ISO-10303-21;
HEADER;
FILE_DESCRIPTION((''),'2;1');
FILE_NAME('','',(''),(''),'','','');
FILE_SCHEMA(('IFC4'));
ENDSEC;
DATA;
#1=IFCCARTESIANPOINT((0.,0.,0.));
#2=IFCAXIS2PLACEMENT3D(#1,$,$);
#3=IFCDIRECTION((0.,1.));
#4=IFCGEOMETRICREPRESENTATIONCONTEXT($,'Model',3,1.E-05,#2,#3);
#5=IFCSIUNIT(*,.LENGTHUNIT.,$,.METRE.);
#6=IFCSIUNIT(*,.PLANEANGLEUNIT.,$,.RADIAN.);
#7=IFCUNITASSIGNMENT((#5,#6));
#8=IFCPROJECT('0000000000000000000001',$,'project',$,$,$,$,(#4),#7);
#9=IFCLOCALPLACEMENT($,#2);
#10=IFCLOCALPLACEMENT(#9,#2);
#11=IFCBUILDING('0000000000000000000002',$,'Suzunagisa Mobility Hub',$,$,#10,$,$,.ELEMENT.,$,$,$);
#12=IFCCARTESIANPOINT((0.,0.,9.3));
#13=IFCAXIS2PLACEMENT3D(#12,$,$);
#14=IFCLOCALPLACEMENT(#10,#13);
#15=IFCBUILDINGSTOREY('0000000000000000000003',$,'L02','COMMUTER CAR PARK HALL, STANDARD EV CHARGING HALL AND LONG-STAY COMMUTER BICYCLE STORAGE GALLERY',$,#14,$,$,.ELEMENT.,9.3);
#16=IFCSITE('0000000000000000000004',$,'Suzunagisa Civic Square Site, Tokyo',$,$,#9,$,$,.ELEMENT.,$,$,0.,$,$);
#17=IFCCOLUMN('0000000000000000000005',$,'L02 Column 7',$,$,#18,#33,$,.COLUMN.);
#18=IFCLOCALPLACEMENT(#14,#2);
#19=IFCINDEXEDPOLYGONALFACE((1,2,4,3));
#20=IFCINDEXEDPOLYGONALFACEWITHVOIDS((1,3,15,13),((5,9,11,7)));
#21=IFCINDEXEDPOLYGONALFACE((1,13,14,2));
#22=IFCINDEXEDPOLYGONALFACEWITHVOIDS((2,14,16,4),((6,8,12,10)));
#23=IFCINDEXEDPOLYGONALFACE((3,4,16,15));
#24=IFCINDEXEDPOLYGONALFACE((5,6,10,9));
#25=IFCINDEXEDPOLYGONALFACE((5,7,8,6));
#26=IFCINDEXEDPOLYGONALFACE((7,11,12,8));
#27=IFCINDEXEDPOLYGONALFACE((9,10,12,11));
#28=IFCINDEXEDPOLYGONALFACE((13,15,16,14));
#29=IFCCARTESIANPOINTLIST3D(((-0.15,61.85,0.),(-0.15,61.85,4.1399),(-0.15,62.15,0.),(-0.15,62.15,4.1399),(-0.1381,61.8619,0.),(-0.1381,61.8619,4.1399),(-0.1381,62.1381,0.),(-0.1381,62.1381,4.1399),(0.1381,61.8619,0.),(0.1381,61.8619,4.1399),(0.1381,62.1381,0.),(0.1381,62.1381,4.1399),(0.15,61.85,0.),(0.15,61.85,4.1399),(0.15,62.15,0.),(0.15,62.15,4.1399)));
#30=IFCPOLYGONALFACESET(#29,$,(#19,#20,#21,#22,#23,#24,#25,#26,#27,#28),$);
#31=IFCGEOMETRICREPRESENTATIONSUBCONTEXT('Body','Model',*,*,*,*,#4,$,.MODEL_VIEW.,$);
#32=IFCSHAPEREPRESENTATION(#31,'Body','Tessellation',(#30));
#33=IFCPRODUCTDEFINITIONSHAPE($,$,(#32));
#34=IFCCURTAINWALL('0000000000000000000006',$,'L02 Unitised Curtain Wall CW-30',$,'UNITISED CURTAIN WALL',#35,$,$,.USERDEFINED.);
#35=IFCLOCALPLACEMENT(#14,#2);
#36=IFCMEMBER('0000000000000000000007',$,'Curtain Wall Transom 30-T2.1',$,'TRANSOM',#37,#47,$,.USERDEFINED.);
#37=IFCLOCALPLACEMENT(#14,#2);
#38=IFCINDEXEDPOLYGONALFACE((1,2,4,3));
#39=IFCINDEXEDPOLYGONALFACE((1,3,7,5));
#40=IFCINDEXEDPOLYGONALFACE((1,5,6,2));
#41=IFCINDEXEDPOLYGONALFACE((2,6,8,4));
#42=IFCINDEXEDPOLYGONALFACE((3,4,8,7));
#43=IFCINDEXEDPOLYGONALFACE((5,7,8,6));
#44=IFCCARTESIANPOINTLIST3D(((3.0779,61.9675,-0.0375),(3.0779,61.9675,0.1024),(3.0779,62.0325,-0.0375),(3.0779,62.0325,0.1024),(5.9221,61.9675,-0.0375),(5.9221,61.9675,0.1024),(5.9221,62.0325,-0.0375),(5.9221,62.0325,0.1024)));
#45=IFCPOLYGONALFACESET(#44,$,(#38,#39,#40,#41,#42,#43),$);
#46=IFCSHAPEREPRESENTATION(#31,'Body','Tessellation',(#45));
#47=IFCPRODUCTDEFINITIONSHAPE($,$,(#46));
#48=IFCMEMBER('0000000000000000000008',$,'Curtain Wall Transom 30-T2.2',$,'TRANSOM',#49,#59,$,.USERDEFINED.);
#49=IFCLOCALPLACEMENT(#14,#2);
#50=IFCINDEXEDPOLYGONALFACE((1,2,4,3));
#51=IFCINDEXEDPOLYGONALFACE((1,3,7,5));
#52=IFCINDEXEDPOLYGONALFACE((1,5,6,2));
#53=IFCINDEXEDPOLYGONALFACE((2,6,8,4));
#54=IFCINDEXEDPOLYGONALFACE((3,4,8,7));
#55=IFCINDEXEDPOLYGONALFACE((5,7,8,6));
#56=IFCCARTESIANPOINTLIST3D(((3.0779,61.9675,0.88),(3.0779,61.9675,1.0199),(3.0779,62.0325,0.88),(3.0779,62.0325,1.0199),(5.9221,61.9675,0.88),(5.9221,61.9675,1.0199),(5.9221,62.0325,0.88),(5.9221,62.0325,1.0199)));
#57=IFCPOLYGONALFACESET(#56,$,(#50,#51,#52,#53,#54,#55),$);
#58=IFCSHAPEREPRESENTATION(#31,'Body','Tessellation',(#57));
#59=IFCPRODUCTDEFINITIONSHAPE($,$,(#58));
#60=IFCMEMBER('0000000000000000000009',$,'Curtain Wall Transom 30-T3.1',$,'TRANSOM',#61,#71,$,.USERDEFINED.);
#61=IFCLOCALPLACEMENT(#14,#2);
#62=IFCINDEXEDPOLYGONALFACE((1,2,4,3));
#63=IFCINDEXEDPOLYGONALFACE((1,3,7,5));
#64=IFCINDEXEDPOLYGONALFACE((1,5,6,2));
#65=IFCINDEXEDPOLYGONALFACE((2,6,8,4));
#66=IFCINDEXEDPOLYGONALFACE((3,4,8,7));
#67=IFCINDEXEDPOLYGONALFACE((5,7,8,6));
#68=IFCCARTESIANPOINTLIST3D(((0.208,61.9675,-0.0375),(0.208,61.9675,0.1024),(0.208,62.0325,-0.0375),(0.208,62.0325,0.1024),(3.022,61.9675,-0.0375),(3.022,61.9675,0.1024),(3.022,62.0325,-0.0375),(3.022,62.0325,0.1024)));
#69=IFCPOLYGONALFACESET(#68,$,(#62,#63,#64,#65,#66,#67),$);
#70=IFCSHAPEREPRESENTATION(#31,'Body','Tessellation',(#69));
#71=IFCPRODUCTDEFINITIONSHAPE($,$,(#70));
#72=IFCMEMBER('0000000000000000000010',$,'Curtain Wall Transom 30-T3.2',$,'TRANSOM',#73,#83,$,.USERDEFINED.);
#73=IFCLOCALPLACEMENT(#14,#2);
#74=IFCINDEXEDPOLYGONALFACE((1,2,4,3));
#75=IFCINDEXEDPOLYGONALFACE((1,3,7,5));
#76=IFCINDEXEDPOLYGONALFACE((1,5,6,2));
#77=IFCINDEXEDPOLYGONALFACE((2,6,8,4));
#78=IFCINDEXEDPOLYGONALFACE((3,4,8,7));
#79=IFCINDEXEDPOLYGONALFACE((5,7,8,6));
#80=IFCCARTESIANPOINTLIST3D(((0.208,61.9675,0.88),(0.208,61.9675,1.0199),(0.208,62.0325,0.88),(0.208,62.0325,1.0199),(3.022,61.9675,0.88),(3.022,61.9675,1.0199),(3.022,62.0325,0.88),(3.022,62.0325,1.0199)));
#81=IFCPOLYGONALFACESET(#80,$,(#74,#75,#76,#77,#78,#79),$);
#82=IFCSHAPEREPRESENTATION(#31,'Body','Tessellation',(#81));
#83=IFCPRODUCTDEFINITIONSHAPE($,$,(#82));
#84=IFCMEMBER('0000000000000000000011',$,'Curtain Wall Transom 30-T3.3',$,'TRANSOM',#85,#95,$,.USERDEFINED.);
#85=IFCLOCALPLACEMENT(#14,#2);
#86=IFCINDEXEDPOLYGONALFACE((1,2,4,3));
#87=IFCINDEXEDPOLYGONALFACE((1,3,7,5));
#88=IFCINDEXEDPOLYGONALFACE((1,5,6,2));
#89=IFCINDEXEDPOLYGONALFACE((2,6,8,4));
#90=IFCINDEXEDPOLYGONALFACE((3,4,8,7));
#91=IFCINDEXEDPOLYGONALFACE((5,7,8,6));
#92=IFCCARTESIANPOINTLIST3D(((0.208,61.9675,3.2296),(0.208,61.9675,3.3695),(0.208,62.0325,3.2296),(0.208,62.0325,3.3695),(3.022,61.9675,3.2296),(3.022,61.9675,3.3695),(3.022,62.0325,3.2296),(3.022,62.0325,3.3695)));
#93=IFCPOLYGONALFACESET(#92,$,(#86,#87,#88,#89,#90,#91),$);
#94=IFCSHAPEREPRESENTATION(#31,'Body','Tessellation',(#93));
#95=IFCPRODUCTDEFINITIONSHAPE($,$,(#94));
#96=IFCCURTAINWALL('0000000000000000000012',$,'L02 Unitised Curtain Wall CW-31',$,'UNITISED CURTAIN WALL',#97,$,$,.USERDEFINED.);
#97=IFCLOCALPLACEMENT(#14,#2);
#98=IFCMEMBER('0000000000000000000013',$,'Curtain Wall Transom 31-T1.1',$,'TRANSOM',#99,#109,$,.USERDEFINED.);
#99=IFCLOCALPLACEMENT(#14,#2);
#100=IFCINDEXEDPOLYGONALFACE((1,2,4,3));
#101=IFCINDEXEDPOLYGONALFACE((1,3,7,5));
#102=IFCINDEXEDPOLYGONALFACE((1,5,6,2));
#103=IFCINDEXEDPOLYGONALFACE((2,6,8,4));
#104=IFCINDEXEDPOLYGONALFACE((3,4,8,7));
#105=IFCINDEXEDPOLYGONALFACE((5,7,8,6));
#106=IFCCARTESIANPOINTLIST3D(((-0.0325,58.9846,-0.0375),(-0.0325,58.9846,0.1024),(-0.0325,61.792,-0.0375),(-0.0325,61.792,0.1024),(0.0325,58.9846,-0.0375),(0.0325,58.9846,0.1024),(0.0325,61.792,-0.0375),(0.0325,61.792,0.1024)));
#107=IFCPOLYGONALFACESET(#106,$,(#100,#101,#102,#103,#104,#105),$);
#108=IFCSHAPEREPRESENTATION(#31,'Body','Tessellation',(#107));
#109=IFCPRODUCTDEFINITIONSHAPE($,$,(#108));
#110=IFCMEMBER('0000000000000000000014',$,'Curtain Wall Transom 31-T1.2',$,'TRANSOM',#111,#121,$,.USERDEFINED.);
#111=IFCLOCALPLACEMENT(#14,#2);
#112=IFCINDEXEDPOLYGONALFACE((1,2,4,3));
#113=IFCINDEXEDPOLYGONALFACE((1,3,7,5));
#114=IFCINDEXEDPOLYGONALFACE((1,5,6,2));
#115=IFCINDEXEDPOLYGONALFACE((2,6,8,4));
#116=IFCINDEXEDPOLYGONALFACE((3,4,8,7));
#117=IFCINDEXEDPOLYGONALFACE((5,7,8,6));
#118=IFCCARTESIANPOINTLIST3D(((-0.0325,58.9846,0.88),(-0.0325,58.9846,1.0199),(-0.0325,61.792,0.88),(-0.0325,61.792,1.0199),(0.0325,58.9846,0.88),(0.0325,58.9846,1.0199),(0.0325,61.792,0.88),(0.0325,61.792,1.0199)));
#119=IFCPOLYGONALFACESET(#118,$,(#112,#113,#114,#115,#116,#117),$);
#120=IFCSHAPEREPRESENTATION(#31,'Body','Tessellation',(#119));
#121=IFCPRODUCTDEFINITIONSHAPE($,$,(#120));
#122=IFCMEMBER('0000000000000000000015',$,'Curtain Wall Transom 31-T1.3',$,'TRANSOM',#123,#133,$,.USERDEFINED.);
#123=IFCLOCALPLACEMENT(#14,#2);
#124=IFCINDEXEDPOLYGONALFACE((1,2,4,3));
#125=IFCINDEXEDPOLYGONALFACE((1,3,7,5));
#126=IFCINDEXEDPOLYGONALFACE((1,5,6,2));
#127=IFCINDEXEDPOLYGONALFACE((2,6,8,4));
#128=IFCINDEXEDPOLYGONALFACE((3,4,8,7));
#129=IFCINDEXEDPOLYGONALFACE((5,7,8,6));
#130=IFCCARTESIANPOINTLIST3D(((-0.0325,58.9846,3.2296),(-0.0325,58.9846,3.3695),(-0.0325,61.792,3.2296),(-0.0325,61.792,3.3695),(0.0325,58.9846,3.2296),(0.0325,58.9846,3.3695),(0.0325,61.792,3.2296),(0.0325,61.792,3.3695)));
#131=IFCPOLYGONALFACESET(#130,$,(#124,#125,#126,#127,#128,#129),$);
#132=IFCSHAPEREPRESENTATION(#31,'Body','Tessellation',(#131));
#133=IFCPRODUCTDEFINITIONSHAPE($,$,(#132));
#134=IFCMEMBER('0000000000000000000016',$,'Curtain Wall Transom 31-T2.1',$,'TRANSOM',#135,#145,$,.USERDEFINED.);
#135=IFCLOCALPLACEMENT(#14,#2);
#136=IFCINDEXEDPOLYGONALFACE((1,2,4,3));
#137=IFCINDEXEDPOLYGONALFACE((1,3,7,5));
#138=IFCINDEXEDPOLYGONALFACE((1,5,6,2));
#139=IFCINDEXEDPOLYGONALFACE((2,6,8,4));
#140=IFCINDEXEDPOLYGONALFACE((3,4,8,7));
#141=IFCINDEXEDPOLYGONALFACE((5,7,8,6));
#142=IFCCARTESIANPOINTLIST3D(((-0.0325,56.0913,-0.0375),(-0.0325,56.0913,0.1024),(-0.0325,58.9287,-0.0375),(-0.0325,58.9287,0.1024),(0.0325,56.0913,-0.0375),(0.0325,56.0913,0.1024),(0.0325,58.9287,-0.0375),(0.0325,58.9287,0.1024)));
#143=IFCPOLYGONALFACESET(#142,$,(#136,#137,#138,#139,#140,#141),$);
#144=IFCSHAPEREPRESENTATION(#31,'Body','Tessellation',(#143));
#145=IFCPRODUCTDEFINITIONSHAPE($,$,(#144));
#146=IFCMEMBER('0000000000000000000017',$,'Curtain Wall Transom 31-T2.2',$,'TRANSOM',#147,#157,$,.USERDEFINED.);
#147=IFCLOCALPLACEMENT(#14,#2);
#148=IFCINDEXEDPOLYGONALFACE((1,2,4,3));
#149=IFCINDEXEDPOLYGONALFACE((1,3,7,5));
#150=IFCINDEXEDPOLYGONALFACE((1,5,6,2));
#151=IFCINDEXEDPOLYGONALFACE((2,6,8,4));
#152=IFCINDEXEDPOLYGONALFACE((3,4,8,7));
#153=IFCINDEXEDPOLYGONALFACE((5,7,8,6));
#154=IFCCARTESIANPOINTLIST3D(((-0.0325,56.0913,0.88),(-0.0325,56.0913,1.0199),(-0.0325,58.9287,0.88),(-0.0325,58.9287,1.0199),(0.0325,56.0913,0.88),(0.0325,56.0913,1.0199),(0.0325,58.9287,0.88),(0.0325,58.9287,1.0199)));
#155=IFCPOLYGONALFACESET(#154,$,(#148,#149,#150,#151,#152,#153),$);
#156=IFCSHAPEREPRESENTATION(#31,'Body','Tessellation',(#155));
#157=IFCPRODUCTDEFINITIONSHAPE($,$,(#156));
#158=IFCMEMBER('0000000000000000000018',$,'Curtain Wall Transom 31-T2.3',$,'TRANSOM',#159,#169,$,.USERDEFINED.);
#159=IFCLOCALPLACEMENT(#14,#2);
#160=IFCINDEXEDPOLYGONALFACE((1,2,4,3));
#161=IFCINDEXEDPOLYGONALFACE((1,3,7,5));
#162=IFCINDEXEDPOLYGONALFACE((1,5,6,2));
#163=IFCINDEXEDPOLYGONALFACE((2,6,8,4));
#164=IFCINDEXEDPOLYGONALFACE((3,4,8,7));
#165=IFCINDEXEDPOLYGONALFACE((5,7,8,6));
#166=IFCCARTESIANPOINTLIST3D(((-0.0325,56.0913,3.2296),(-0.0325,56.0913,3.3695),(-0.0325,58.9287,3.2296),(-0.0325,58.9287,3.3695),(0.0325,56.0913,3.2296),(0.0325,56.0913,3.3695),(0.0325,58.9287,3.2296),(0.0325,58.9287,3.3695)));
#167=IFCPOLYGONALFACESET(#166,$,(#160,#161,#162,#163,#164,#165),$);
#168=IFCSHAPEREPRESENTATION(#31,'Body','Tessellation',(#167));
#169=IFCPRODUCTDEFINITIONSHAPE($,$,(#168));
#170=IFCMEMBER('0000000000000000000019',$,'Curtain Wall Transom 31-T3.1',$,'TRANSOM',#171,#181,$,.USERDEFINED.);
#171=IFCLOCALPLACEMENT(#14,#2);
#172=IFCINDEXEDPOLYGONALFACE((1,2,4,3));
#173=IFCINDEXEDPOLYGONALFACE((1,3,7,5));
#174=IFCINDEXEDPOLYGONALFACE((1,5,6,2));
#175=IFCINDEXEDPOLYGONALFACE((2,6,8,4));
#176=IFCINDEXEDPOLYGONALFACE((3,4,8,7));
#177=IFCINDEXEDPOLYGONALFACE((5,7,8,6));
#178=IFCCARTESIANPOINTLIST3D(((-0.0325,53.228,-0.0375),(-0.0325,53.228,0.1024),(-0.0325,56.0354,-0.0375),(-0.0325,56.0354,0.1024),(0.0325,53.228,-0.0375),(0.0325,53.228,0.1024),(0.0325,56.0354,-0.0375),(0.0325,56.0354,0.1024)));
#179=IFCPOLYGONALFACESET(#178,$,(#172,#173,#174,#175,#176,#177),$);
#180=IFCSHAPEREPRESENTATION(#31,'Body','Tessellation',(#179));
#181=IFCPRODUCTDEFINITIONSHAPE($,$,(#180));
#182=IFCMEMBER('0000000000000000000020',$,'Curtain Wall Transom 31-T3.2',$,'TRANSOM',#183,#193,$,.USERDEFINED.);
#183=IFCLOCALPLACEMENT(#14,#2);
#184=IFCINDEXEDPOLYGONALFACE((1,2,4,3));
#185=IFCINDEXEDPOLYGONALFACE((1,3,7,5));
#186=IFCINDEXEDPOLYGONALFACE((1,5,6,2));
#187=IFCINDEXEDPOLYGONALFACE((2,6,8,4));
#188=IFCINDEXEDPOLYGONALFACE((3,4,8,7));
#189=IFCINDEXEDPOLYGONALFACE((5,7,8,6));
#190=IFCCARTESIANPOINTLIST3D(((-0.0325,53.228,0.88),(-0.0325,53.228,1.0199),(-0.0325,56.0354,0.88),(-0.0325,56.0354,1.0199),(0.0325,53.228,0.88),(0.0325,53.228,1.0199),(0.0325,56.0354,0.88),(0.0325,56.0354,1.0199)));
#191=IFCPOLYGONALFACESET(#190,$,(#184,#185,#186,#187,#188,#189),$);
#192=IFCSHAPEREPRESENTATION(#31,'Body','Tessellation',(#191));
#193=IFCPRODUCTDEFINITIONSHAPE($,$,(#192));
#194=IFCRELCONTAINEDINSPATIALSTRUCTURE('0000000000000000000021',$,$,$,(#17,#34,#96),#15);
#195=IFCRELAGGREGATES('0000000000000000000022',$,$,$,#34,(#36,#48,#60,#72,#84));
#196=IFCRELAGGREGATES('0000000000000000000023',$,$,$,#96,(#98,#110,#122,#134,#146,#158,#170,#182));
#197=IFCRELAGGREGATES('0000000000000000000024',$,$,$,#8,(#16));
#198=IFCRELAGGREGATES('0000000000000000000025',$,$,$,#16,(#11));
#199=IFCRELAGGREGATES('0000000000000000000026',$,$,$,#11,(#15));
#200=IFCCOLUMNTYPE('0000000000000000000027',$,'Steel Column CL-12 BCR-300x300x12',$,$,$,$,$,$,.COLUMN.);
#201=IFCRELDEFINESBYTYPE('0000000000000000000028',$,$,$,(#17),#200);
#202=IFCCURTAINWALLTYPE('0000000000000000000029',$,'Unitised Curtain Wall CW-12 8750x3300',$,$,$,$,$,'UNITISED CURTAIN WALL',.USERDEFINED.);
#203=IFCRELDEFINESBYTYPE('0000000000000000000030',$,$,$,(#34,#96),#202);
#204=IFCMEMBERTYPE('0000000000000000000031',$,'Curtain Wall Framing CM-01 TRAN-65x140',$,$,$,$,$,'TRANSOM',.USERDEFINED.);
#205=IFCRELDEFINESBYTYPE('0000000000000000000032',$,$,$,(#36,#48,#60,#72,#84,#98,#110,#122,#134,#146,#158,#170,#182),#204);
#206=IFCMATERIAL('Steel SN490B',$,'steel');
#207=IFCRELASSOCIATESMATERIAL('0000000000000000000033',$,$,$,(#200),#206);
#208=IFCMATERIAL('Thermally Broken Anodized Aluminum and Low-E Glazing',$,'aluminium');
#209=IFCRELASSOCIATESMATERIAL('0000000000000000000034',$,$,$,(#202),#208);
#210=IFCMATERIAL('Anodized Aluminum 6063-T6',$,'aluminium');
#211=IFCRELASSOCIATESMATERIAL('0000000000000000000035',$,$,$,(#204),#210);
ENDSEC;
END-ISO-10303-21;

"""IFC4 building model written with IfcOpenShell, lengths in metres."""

from ifc_helpers import new_model, si_unit, direction, frame, origin, origin_2d, place, context, subcontext, project, spatial, rectangle, hollow_rectangle, extrude, material, material_profile, profile_set, type_object, element, aggregate, save


model = new_model("IFC4")

# Units and contexts
model_context = context("Model", 3, precision=1e-05, world=origin(), true_north=direction((0.0, 1.0)))
body_context = subcontext(model_context, "Body", "Model", "MODEL_VIEW")
ifc_project = project(units=[si_unit("LENGTHUNIT", "METRE"), si_unit("PLANEANGLEUNIT", "RADIAN")], contexts=[model_context])

# Site, building, storey
site_placement = place(None, origin())
site = spatial("IfcSite", under=ifc_project, at=site_placement, Name="Suzunagisa Civic Square Site, Tokyo", CompositionType="ELEMENT", RefElevation=0.0)
building_placement = place(site_placement, origin())
building = spatial("IfcBuilding", under=site, at=building_placement, Name="Suzunagisa Mobility Hub", CompositionType="ELEMENT")
storey_placement = place(building_placement, frame((0.0, 0.0, 9.3)))
storey = spatial("IfcBuildingStorey", under=building, at=storey_placement, Name="L02", Description="COMMUTER CAR PARK HALL, STANDARD EV CHARGING HALL AND LONG-STAY COMMUTER BICYCLE STORAGE GALLERY", CompositionType="ELEMENT", Elevation=9.3)

# Column
ifc_material_1 = material(Name="Steel SN490B", Category="steel")
ifc_material_profile_1 = material_profile(ifc_material_1, hollow_rectangle(XDim=0.3, YDim=0.3, WallThickness=0.012, at=origin_2d()), Name="BCR-300x300x12")
ifc_profile_set_1 = profile_set([ifc_material_profile_1], Name="Steel SN490B")
column_type = type_object("IfcColumnType", Name="Steel Column CL-12 BCR-300x300x12", PredefinedType="COLUMN", material=ifc_profile_set_1)
column_placement = place(storey_placement, frame((0.0, 62.0, 0.0), z_axis=(0.0, 0.0, 1.0), x_axis=(1.0, 0.0, 0.0)))
element("IfcColumn", 1, at=column_placement, inside=storey, type_object=column_type, Name="L02 Column 7", PredefinedType="COLUMN", context=body_context, shape_type="SweptSolid", body=[
    extrude(hollow_rectangle(XDim=0.3, YDim=0.3, WallThickness=0.012, at=origin_2d()), origin(), (0.0, 0.0, 1.0), 4.1399),
])

# Curtain walls, members
ifc_material_2 = material(Name="Thermally Broken Anodized Aluminum and Low-E Glazing", Category="aluminium")
curtain_wall_type = type_object("IfcCurtainWallType", Name="Unitised Curtain Wall CW-12 8750x3300", ElementType="UNITISED CURTAIN WALL", PredefinedType="USERDEFINED", material=ifc_material_2)
curtain_wall_1_placement = place(storey_placement, origin())
curtain_wall_1 = element("IfcCurtainWall", 2, at=curtain_wall_1_placement, inside=storey, type_object=curtain_wall_type, Name="L02 Unitised Curtain Wall CW-30", ObjectType="UNITISED CURTAIN WALL", PredefinedType="USERDEFINED")
ifc_material_3 = material(Name="Anodized Aluminum 6063-T6", Category="aluminium")
ifc_material_profile_2 = material_profile(ifc_material_3, rectangle(XDim=0.0649, YDim=0.1399, at=origin_2d()), Name="TRAN-65x140")
ifc_profile_set_2 = profile_set([ifc_material_profile_2], Name="Anodized Aluminum 6063-T6")
member_type_1 = type_object("IfcMemberType", Name="Curtain Wall Framing CM-01 TRAN-65x140", ElementType="TRANSOM", PredefinedType="USERDEFINED", material=ifc_profile_set_2)
member_1_placement = place(storey_placement, frame((5.9221, 62.0, 0.0325), z_axis=(-1.0, 0.0, 0.0), x_axis=(0.0, -1.0, 0.0)))
member_1 = element("IfcMember", 3, at=member_1_placement, type_object=member_type_1, Name="Curtain Wall Transom 30-T2.1", ObjectType="TRANSOM", PredefinedType="USERDEFINED", context=body_context, shape_type="SweptSolid", body=[
    extrude(rectangle(XDim=0.0649, YDim=0.1399, at=origin_2d()), origin(), (0.0, 0.0, 1.0), 2.8442),
])
member_2_placement = place(storey_placement, frame((5.9221, 62.0, 0.95), z_axis=(-1.0, 0.0, 0.0), x_axis=(0.0, -1.0, 0.0)))
member_2 = element("IfcMember", 4, at=member_2_placement, type_object=member_type_1, Name="Curtain Wall Transom 30-T2.2", ObjectType="TRANSOM", PredefinedType="USERDEFINED", context=body_context, shape_type="SweptSolid", body=[
    extrude(rectangle(XDim=0.0649, YDim=0.1399, at=origin_2d()), origin(), (0.0, 0.0, 1.0), 2.8442),
])
member_3_placement = place(storey_placement, frame((3.022, 62.0, 0.0325), z_axis=(-1.0, 0.0, 0.0), x_axis=(0.0, -1.0, 0.0)))
member_3 = element("IfcMember", 5, at=member_3_placement, type_object=member_type_1, Name="Curtain Wall Transom 30-T3.1", ObjectType="TRANSOM", PredefinedType="USERDEFINED", context=body_context, shape_type="SweptSolid", body=[
    extrude(rectangle(XDim=0.0649, YDim=0.1399, at=origin_2d()), origin(), (0.0, 0.0, 1.0), 2.814),
])
member_4_placement = place(storey_placement, frame((3.022, 62.0, 0.95), z_axis=(-1.0, 0.0, 0.0), x_axis=(0.0, -1.0, 0.0)))
member_4 = element("IfcMember", 6, at=member_4_placement, type_object=member_type_1, Name="Curtain Wall Transom 30-T3.2", ObjectType="TRANSOM", PredefinedType="USERDEFINED", context=body_context, shape_type="SweptSolid", body=[
    extrude(rectangle(XDim=0.0649, YDim=0.1399, at=origin_2d()), origin(), (0.0, 0.0, 1.0), 2.814),
])
member_5_placement = place(storey_placement, frame((3.022, 62.0, 3.2996), z_axis=(-1.0, 0.0, 0.0), x_axis=(0.0, -1.0, 0.0)))
member_5 = element("IfcMember", 7, at=member_5_placement, type_object=member_type_1, Name="Curtain Wall Transom 30-T3.3", ObjectType="TRANSOM", PredefinedType="USERDEFINED", context=body_context, shape_type="SweptSolid", body=[
    extrude(rectangle(XDim=0.0649, YDim=0.1399, at=origin_2d()), origin(), (0.0, 0.0, 1.0), 2.814),
])
curtain_wall_2_placement = place(storey_placement, origin())
curtain_wall_2 = element("IfcCurtainWall", 8, at=curtain_wall_2_placement, inside=storey, type_object=curtain_wall_type, Name="L02 Unitised Curtain Wall CW-31", ObjectType="UNITISED CURTAIN WALL", PredefinedType="USERDEFINED")
member_6_placement = place(storey_placement, frame((0.0, 61.792, 0.0325), z_axis=(0.0, -1.0, 0.0), x_axis=(1.0, 0.0, 0.0)))
member_6 = element("IfcMember", 9, at=member_6_placement, type_object=member_type_1, Name="Curtain Wall Transom 31-T1.1", ObjectType="TRANSOM", PredefinedType="USERDEFINED", context=body_context, shape_type="SweptSolid", body=[
    extrude(rectangle(XDim=0.0649, YDim=0.1399, at=origin_2d()), origin(), (0.0, 0.0, 1.0), 2.8074),
])
member_7_placement = place(storey_placement, frame((0.0, 61.792, 0.95), z_axis=(0.0, -1.0, 0.0), x_axis=(1.0, 0.0, 0.0)))
member_7 = element("IfcMember", 10, at=member_7_placement, type_object=member_type_1, Name="Curtain Wall Transom 31-T1.2", ObjectType="TRANSOM", PredefinedType="USERDEFINED", context=body_context, shape_type="SweptSolid", body=[
    extrude(rectangle(XDim=0.0649, YDim=0.1399, at=origin_2d()), origin(), (0.0, 0.0, 1.0), 2.8074),
])
member_8_placement = place(storey_placement, frame((0.0, 61.792, 3.2996), z_axis=(0.0, -1.0, 0.0), x_axis=(1.0, 0.0, 0.0)))
member_8 = element("IfcMember", 11, at=member_8_placement, type_object=member_type_1, Name="Curtain Wall Transom 31-T1.3", ObjectType="TRANSOM", PredefinedType="USERDEFINED", context=body_context, shape_type="SweptSolid", body=[
    extrude(rectangle(XDim=0.0649, YDim=0.1399, at=origin_2d()), origin(), (0.0, 0.0, 1.0), 2.8074),
])
member_9_placement = place(storey_placement, frame((0.0, 58.9287, 0.0325), z_axis=(0.0, -1.0, 0.0), x_axis=(1.0, 0.0, 0.0)))
member_9 = element("IfcMember", 12, at=member_9_placement, type_object=member_type_1, Name="Curtain Wall Transom 31-T2.1", ObjectType="TRANSOM", PredefinedType="USERDEFINED", context=body_context, shape_type="SweptSolid", body=[
    extrude(rectangle(XDim=0.0649, YDim=0.1399, at=origin_2d()), origin(), (0.0, 0.0, 1.0), 2.8374),
])
member_10_placement = place(storey_placement, frame((0.0, 58.9287, 0.95), z_axis=(0.0, -1.0, 0.0), x_axis=(1.0, 0.0, 0.0)))
member_10 = element("IfcMember", 13, at=member_10_placement, type_object=member_type_1, Name="Curtain Wall Transom 31-T2.2", ObjectType="TRANSOM", PredefinedType="USERDEFINED", context=body_context, shape_type="SweptSolid", body=[
    extrude(rectangle(XDim=0.0649, YDim=0.1399, at=origin_2d()), origin(), (0.0, 0.0, 1.0), 2.8374),
])
member_11_placement = place(storey_placement, frame((0.0, 58.9287, 3.2996), z_axis=(0.0, -1.0, 0.0), x_axis=(1.0, 0.0, 0.0)))
member_11 = element("IfcMember", 14, at=member_11_placement, type_object=member_type_1, Name="Curtain Wall Transom 31-T2.3", ObjectType="TRANSOM", PredefinedType="USERDEFINED", context=body_context, shape_type="SweptSolid", body=[
    extrude(rectangle(XDim=0.0649, YDim=0.1399, at=origin_2d()), origin(), (0.0, 0.0, 1.0), 2.8374),
])
member_12_placement = place(storey_placement, frame((0.0, 56.0354, 0.0325), z_axis=(0.0, -1.0, 0.0), x_axis=(1.0, 0.0, 0.0)))
member_12 = element("IfcMember", 15, at=member_12_placement, type_object=member_type_1, Name="Curtain Wall Transom 31-T3.1", ObjectType="TRANSOM", PredefinedType="USERDEFINED", context=body_context, shape_type="SweptSolid", body=[
    extrude(rectangle(XDim=0.0649, YDim=0.1399, at=origin_2d()), origin(), (0.0, 0.0, 1.0), 2.8074),
])
member_13_placement = place(storey_placement, frame((0.0, 56.0354, 0.95), z_axis=(0.0, -1.0, 0.0), x_axis=(1.0, 0.0, 0.0)))
member_13 = element("IfcMember", 16, at=member_13_placement, type_object=member_type_1, Name="Curtain Wall Transom 31-T3.2", ObjectType="TRANSOM", PredefinedType="USERDEFINED", context=body_context, shape_type="SweptSolid", body=[
    extrude(rectangle(XDim=0.0649, YDim=0.1399, at=origin_2d()), origin(), (0.0, 0.0, 1.0), 2.8074),
])

aggregate(curtain_wall_1, [member_1, member_2, member_3, member_4, member_5])
aggregate(curtain_wall_2, [member_6, member_7, member_8, member_9, member_10, member_11, member_12, member_13])

save(model, "model.ifc")
